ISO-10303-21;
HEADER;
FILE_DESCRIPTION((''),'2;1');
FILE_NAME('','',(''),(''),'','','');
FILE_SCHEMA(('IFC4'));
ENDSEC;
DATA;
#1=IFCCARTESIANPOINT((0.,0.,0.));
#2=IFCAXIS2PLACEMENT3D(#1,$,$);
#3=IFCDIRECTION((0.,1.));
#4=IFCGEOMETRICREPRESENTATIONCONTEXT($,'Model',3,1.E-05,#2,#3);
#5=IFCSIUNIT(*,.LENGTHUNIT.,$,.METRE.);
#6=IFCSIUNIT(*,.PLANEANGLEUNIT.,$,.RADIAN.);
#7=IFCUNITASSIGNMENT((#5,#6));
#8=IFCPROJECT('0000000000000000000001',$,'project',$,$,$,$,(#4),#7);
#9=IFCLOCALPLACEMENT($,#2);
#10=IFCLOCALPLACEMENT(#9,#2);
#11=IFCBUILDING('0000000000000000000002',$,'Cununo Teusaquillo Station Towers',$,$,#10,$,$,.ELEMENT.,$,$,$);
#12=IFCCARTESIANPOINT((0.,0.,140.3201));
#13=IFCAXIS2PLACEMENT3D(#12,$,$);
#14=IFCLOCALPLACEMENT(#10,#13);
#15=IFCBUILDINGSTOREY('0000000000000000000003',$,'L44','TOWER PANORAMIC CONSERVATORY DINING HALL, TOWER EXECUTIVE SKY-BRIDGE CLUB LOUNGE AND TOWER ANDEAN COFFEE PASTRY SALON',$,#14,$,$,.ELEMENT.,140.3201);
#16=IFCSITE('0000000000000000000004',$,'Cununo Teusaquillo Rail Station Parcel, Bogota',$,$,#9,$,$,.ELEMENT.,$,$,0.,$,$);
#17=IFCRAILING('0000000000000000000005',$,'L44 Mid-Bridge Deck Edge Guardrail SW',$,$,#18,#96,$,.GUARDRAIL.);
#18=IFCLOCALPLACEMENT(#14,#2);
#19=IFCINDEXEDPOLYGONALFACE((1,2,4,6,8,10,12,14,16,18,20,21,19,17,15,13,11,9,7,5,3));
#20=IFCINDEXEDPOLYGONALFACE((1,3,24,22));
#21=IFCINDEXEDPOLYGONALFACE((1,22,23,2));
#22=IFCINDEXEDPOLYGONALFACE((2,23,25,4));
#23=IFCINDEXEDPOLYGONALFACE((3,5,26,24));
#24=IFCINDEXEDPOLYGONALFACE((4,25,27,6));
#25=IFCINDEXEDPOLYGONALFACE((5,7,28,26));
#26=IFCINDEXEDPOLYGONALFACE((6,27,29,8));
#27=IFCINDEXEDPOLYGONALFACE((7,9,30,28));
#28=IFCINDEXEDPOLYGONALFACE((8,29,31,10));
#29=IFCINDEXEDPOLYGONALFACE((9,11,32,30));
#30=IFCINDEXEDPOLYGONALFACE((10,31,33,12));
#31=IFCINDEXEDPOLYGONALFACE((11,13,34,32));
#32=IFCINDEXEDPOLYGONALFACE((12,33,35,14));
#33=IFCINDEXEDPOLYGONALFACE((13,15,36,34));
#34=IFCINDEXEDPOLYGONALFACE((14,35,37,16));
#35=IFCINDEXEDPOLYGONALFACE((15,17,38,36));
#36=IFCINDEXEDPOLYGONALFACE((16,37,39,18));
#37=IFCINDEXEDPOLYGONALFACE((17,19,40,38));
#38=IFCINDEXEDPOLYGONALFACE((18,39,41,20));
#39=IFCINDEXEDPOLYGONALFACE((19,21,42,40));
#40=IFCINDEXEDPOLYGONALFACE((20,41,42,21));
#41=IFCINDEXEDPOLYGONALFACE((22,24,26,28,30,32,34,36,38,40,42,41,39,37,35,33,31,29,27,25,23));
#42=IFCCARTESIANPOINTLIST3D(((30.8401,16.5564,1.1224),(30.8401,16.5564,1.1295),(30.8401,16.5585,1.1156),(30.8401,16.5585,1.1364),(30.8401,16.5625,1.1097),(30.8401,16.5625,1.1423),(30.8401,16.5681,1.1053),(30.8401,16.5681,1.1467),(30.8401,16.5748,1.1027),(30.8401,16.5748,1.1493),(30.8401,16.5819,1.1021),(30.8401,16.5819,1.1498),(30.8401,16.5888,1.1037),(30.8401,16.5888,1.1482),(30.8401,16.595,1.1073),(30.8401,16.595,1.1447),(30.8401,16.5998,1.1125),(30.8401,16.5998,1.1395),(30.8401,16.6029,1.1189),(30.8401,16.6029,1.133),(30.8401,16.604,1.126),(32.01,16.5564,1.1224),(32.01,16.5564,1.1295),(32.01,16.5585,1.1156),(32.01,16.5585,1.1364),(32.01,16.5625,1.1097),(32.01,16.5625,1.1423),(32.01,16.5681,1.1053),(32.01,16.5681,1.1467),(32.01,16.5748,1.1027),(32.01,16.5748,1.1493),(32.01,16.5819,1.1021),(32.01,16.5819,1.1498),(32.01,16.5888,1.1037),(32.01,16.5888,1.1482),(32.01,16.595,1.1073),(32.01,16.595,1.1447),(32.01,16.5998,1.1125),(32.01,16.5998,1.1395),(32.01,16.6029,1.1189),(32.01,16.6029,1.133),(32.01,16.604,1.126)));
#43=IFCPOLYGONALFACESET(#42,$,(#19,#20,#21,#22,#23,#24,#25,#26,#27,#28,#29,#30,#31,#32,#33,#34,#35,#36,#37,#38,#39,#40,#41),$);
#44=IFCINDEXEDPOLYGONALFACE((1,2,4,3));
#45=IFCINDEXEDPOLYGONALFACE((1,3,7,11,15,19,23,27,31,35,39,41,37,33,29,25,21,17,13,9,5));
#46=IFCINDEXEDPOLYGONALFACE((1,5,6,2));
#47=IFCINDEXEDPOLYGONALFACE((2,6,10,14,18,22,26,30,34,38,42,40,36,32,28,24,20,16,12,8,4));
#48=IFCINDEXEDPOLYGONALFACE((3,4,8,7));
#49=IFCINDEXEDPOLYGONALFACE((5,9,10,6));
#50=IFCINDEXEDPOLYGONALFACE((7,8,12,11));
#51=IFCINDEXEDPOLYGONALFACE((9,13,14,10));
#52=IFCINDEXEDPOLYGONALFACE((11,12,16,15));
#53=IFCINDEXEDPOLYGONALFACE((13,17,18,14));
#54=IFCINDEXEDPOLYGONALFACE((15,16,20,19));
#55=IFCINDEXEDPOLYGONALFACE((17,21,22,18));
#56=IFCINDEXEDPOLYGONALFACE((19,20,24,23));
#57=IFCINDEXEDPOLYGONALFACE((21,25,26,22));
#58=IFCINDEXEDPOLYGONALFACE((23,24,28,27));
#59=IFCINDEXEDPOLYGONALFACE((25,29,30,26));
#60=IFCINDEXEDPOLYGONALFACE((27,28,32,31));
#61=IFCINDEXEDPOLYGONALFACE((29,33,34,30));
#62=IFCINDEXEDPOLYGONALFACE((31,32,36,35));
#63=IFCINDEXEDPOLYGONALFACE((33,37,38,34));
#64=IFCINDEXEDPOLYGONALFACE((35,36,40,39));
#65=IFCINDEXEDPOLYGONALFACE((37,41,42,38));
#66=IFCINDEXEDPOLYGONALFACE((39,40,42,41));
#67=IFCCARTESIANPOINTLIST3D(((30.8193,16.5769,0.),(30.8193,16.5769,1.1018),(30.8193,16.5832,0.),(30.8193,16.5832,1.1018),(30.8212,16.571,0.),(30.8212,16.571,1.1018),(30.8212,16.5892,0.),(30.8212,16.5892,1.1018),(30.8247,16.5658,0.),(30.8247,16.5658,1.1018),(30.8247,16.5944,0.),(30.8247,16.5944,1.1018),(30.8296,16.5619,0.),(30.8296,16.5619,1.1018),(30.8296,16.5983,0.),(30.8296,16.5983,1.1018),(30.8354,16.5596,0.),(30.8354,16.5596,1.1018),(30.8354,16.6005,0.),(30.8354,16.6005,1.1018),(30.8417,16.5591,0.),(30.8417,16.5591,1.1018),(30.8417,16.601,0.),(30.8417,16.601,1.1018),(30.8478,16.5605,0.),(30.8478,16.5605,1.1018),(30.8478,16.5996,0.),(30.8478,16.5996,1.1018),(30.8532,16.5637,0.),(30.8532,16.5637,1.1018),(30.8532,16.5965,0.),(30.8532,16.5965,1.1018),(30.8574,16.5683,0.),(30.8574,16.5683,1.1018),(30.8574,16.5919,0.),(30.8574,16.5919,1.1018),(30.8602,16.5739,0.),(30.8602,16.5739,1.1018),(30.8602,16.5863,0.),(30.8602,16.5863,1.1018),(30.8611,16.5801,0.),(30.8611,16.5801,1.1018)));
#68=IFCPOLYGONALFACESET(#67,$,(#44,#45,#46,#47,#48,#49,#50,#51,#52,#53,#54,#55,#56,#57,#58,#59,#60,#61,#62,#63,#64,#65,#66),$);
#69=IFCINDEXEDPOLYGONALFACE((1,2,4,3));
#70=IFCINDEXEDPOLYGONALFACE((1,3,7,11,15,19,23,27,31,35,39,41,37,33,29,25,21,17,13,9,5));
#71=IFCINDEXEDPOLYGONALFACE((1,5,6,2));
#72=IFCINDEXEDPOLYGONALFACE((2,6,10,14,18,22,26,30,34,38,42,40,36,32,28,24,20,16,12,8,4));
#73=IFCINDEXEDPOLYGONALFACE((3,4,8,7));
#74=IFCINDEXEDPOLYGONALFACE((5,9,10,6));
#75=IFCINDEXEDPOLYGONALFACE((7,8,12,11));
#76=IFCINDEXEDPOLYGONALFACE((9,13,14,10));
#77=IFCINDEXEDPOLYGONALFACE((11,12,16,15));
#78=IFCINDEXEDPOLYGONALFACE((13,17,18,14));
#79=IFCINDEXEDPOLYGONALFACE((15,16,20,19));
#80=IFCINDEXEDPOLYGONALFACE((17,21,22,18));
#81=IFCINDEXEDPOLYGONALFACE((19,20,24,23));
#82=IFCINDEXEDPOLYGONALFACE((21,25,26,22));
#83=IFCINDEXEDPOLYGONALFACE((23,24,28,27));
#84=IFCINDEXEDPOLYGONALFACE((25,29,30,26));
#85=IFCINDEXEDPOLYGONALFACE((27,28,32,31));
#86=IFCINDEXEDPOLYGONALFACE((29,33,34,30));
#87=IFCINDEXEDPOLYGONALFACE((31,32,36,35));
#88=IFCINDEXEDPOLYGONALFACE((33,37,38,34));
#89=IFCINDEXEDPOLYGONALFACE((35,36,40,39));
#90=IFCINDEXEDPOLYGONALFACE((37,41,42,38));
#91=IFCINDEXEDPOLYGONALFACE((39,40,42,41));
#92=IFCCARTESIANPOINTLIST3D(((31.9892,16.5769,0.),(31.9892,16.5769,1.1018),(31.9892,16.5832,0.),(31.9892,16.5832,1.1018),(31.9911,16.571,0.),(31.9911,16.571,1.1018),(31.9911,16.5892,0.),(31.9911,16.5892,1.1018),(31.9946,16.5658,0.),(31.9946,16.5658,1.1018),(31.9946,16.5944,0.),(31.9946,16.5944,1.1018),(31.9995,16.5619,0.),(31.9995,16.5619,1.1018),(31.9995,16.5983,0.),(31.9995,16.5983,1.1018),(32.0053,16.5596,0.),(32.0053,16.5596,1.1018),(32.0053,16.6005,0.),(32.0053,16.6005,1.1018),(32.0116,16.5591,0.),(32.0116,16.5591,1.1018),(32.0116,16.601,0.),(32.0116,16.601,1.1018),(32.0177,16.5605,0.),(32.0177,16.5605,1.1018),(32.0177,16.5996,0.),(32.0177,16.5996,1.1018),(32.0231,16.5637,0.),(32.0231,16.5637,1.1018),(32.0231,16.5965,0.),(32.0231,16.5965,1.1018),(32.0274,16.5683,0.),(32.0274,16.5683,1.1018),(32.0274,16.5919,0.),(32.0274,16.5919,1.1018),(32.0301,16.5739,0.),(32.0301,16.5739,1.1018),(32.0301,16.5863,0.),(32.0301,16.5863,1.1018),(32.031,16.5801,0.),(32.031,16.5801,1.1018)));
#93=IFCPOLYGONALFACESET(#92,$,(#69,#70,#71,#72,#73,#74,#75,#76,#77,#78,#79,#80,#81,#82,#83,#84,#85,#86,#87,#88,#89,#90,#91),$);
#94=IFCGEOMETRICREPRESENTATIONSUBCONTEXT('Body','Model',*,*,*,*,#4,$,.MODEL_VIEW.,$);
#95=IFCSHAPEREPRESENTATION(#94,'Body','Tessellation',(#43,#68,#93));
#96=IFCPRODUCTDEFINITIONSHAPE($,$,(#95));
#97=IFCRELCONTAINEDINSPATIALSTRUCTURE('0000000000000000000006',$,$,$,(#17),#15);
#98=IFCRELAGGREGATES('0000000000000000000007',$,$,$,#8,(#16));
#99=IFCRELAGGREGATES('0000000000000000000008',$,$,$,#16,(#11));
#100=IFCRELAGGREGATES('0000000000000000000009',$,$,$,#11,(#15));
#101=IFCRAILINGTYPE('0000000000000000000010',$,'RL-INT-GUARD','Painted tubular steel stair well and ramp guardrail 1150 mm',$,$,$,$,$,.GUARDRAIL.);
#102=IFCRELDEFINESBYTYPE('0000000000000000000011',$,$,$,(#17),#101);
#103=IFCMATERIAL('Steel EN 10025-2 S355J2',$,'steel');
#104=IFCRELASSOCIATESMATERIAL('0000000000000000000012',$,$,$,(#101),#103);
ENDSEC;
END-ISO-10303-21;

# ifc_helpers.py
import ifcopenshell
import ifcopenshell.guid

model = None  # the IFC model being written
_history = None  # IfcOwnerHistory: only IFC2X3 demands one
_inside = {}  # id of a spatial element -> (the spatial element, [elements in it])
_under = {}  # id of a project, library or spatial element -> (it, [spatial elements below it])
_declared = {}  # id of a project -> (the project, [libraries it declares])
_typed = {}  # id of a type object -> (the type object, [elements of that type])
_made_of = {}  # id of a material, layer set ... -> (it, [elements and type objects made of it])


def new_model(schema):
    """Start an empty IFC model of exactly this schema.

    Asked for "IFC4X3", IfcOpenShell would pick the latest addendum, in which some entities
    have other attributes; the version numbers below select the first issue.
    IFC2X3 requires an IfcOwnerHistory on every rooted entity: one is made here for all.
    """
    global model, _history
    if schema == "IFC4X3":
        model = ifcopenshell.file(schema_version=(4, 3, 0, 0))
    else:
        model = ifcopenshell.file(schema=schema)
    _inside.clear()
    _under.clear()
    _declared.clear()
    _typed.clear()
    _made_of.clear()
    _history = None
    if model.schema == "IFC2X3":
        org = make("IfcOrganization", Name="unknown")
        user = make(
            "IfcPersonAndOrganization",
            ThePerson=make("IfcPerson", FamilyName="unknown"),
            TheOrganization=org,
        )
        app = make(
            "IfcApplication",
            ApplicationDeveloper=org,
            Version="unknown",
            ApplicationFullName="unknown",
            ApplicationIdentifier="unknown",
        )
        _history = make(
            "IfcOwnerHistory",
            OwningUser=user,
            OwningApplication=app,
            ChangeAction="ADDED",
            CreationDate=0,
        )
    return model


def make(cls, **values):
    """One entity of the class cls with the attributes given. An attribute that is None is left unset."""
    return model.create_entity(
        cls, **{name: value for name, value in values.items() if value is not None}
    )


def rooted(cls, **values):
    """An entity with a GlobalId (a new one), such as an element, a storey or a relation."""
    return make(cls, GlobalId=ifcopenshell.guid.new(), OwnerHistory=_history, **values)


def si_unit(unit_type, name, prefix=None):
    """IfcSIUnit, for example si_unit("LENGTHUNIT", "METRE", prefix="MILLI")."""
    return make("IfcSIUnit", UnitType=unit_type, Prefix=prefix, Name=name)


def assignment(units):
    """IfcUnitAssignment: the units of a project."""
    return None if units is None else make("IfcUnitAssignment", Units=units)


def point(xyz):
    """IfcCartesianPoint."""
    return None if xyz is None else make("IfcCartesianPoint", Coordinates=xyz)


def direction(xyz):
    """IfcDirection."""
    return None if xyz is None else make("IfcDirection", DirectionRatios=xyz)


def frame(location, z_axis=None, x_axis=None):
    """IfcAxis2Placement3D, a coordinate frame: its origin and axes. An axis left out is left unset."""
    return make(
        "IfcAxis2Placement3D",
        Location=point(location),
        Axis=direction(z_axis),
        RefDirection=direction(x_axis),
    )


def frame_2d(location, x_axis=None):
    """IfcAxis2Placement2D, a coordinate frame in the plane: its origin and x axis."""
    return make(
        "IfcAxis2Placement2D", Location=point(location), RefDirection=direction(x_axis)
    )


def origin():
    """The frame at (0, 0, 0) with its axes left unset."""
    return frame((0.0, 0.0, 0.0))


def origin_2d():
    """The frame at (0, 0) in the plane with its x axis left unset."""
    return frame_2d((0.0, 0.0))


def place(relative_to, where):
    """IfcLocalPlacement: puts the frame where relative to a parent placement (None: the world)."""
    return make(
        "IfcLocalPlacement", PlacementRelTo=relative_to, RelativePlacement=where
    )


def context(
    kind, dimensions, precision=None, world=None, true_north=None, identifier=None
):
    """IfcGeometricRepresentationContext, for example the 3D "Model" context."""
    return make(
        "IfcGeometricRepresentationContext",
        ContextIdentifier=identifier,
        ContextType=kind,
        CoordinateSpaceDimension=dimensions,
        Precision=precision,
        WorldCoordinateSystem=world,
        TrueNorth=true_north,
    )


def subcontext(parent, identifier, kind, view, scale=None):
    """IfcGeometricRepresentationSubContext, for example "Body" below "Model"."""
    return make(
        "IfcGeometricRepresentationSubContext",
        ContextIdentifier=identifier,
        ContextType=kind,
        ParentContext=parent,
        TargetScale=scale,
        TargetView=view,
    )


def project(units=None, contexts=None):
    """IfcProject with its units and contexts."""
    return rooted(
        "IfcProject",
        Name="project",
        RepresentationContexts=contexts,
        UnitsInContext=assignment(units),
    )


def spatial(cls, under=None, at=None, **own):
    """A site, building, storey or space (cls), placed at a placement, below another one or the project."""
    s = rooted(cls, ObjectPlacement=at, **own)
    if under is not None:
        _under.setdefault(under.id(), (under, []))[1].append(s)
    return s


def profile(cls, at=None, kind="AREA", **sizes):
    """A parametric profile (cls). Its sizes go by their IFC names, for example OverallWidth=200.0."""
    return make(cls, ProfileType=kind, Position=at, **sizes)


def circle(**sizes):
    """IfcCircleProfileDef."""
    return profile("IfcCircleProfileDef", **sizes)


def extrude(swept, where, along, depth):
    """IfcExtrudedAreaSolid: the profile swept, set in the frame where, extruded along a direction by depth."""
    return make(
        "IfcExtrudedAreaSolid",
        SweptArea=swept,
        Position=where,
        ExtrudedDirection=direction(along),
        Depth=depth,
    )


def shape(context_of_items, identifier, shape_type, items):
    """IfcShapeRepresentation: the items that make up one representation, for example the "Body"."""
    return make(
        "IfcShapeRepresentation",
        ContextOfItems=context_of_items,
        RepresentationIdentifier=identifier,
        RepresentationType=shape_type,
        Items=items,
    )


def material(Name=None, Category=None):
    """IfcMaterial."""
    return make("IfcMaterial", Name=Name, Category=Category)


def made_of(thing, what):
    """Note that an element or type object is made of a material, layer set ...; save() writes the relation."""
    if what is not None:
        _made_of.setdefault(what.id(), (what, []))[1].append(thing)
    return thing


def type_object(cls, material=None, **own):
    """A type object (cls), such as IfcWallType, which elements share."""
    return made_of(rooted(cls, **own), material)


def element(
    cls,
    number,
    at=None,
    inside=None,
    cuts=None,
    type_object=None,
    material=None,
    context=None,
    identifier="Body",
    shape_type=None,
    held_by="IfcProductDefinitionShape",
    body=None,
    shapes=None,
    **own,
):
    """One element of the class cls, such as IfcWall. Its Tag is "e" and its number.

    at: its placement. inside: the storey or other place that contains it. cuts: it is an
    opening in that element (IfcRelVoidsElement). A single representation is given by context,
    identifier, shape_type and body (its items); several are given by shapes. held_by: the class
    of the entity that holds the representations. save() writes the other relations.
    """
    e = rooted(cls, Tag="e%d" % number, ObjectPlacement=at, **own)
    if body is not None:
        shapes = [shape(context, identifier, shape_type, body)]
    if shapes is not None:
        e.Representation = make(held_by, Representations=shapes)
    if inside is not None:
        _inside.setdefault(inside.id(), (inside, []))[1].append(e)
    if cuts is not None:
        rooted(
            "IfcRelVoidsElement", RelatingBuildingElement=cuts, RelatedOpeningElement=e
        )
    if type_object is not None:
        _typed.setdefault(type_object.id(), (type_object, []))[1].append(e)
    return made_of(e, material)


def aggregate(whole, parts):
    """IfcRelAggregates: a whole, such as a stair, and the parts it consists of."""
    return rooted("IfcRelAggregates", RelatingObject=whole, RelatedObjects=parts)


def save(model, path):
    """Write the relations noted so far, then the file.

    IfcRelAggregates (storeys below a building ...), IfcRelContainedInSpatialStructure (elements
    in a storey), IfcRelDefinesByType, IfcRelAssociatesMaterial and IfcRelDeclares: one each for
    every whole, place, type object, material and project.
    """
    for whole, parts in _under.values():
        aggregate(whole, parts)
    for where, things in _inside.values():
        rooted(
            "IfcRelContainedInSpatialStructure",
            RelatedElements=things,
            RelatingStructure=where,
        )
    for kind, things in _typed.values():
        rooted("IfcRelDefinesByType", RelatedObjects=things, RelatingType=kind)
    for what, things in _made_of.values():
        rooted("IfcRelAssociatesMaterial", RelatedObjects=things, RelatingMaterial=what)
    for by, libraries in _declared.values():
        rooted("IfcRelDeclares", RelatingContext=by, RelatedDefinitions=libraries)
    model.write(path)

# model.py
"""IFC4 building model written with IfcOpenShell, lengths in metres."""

from ifc_helpers import new_model, si_unit, direction, frame, origin, origin_2d, place, context, subcontext, project, spatial, circle, extrude, material, type_object, element, save


model = new_model("IFC4")

# Units and contexts
model_context = context("Model", 3, precision=1e-05, world=origin(), true_north=direction((0.0, 1.0)))
body_context = subcontext(model_context, "Body", "Model", "MODEL_VIEW")
ifc_project = project(units=[si_unit("LENGTHUNIT", "METRE"), si_unit("PLANEANGLEUNIT", "RADIAN")], contexts=[model_context])

# Site, building, storey
site_placement = place(None, origin())
site = spatial("IfcSite", under=ifc_project, at=site_placement, Name="Cununo Teusaquillo Rail Station Parcel, Bogota", CompositionType="ELEMENT", RefElevation=0.0)
building_placement = place(site_placement, origin())
building = spatial("IfcBuilding", under=site, at=building_placement, Name="Cununo Teusaquillo Station Towers", CompositionType="ELEMENT")
storey_placement = place(building_placement, frame((0.0, 0.0, 140.3201)))
storey = spatial("IfcBuildingStorey", under=building, at=storey_placement, Name="L44", Description="TOWER PANORAMIC CONSERVATORY DINING HALL, TOWER EXECUTIVE SKY-BRIDGE CLUB LOUNGE AND TOWER ANDEAN COFFEE PASTRY SALON", CompositionType="ELEMENT", Elevation=140.3201)

# Railing
ifc_material_1 = material(Name="Steel EN 10025-2 S355J2", Category="steel")
railing_type = type_object("IfcRailingType", Name="RL-INT-GUARD", Description="Painted tubular steel stair well and ramp guardrail 1150 mm", PredefinedType="GUARDRAIL", material=ifc_material_1)
railing_placement = place(storey_placement, frame((30.8401, 16.5801, 0.0)))
element("IfcRailing", 1, at=railing_placement, inside=storey, type_object=railing_type, Name="L44 Mid-Bridge Deck Edge Guardrail SW", PredefinedType="GUARDRAIL", context=body_context, shape_type="SweptSolid", body=[
    extrude(circle(Radius=0.0239, at=origin_2d()), frame((0.0, 0.0, 1.126), z_axis=(1.0, 0.0, 0.0), x_axis=(0.0, 1.0, 0.0)), (0.0, 0.0, 1.0), 1.1699),
    extrude(circle(Radius=0.021, at=origin_2d()), origin(), (0.0, 0.0, 1.0), 1.1018),
    extrude(circle(Radius=0.021, at=origin_2d()), frame((1.1699, 0.0, 0.0)), (0.0, 0.0, 1.0), 1.1018),
])

save(model, "model.ifc")
